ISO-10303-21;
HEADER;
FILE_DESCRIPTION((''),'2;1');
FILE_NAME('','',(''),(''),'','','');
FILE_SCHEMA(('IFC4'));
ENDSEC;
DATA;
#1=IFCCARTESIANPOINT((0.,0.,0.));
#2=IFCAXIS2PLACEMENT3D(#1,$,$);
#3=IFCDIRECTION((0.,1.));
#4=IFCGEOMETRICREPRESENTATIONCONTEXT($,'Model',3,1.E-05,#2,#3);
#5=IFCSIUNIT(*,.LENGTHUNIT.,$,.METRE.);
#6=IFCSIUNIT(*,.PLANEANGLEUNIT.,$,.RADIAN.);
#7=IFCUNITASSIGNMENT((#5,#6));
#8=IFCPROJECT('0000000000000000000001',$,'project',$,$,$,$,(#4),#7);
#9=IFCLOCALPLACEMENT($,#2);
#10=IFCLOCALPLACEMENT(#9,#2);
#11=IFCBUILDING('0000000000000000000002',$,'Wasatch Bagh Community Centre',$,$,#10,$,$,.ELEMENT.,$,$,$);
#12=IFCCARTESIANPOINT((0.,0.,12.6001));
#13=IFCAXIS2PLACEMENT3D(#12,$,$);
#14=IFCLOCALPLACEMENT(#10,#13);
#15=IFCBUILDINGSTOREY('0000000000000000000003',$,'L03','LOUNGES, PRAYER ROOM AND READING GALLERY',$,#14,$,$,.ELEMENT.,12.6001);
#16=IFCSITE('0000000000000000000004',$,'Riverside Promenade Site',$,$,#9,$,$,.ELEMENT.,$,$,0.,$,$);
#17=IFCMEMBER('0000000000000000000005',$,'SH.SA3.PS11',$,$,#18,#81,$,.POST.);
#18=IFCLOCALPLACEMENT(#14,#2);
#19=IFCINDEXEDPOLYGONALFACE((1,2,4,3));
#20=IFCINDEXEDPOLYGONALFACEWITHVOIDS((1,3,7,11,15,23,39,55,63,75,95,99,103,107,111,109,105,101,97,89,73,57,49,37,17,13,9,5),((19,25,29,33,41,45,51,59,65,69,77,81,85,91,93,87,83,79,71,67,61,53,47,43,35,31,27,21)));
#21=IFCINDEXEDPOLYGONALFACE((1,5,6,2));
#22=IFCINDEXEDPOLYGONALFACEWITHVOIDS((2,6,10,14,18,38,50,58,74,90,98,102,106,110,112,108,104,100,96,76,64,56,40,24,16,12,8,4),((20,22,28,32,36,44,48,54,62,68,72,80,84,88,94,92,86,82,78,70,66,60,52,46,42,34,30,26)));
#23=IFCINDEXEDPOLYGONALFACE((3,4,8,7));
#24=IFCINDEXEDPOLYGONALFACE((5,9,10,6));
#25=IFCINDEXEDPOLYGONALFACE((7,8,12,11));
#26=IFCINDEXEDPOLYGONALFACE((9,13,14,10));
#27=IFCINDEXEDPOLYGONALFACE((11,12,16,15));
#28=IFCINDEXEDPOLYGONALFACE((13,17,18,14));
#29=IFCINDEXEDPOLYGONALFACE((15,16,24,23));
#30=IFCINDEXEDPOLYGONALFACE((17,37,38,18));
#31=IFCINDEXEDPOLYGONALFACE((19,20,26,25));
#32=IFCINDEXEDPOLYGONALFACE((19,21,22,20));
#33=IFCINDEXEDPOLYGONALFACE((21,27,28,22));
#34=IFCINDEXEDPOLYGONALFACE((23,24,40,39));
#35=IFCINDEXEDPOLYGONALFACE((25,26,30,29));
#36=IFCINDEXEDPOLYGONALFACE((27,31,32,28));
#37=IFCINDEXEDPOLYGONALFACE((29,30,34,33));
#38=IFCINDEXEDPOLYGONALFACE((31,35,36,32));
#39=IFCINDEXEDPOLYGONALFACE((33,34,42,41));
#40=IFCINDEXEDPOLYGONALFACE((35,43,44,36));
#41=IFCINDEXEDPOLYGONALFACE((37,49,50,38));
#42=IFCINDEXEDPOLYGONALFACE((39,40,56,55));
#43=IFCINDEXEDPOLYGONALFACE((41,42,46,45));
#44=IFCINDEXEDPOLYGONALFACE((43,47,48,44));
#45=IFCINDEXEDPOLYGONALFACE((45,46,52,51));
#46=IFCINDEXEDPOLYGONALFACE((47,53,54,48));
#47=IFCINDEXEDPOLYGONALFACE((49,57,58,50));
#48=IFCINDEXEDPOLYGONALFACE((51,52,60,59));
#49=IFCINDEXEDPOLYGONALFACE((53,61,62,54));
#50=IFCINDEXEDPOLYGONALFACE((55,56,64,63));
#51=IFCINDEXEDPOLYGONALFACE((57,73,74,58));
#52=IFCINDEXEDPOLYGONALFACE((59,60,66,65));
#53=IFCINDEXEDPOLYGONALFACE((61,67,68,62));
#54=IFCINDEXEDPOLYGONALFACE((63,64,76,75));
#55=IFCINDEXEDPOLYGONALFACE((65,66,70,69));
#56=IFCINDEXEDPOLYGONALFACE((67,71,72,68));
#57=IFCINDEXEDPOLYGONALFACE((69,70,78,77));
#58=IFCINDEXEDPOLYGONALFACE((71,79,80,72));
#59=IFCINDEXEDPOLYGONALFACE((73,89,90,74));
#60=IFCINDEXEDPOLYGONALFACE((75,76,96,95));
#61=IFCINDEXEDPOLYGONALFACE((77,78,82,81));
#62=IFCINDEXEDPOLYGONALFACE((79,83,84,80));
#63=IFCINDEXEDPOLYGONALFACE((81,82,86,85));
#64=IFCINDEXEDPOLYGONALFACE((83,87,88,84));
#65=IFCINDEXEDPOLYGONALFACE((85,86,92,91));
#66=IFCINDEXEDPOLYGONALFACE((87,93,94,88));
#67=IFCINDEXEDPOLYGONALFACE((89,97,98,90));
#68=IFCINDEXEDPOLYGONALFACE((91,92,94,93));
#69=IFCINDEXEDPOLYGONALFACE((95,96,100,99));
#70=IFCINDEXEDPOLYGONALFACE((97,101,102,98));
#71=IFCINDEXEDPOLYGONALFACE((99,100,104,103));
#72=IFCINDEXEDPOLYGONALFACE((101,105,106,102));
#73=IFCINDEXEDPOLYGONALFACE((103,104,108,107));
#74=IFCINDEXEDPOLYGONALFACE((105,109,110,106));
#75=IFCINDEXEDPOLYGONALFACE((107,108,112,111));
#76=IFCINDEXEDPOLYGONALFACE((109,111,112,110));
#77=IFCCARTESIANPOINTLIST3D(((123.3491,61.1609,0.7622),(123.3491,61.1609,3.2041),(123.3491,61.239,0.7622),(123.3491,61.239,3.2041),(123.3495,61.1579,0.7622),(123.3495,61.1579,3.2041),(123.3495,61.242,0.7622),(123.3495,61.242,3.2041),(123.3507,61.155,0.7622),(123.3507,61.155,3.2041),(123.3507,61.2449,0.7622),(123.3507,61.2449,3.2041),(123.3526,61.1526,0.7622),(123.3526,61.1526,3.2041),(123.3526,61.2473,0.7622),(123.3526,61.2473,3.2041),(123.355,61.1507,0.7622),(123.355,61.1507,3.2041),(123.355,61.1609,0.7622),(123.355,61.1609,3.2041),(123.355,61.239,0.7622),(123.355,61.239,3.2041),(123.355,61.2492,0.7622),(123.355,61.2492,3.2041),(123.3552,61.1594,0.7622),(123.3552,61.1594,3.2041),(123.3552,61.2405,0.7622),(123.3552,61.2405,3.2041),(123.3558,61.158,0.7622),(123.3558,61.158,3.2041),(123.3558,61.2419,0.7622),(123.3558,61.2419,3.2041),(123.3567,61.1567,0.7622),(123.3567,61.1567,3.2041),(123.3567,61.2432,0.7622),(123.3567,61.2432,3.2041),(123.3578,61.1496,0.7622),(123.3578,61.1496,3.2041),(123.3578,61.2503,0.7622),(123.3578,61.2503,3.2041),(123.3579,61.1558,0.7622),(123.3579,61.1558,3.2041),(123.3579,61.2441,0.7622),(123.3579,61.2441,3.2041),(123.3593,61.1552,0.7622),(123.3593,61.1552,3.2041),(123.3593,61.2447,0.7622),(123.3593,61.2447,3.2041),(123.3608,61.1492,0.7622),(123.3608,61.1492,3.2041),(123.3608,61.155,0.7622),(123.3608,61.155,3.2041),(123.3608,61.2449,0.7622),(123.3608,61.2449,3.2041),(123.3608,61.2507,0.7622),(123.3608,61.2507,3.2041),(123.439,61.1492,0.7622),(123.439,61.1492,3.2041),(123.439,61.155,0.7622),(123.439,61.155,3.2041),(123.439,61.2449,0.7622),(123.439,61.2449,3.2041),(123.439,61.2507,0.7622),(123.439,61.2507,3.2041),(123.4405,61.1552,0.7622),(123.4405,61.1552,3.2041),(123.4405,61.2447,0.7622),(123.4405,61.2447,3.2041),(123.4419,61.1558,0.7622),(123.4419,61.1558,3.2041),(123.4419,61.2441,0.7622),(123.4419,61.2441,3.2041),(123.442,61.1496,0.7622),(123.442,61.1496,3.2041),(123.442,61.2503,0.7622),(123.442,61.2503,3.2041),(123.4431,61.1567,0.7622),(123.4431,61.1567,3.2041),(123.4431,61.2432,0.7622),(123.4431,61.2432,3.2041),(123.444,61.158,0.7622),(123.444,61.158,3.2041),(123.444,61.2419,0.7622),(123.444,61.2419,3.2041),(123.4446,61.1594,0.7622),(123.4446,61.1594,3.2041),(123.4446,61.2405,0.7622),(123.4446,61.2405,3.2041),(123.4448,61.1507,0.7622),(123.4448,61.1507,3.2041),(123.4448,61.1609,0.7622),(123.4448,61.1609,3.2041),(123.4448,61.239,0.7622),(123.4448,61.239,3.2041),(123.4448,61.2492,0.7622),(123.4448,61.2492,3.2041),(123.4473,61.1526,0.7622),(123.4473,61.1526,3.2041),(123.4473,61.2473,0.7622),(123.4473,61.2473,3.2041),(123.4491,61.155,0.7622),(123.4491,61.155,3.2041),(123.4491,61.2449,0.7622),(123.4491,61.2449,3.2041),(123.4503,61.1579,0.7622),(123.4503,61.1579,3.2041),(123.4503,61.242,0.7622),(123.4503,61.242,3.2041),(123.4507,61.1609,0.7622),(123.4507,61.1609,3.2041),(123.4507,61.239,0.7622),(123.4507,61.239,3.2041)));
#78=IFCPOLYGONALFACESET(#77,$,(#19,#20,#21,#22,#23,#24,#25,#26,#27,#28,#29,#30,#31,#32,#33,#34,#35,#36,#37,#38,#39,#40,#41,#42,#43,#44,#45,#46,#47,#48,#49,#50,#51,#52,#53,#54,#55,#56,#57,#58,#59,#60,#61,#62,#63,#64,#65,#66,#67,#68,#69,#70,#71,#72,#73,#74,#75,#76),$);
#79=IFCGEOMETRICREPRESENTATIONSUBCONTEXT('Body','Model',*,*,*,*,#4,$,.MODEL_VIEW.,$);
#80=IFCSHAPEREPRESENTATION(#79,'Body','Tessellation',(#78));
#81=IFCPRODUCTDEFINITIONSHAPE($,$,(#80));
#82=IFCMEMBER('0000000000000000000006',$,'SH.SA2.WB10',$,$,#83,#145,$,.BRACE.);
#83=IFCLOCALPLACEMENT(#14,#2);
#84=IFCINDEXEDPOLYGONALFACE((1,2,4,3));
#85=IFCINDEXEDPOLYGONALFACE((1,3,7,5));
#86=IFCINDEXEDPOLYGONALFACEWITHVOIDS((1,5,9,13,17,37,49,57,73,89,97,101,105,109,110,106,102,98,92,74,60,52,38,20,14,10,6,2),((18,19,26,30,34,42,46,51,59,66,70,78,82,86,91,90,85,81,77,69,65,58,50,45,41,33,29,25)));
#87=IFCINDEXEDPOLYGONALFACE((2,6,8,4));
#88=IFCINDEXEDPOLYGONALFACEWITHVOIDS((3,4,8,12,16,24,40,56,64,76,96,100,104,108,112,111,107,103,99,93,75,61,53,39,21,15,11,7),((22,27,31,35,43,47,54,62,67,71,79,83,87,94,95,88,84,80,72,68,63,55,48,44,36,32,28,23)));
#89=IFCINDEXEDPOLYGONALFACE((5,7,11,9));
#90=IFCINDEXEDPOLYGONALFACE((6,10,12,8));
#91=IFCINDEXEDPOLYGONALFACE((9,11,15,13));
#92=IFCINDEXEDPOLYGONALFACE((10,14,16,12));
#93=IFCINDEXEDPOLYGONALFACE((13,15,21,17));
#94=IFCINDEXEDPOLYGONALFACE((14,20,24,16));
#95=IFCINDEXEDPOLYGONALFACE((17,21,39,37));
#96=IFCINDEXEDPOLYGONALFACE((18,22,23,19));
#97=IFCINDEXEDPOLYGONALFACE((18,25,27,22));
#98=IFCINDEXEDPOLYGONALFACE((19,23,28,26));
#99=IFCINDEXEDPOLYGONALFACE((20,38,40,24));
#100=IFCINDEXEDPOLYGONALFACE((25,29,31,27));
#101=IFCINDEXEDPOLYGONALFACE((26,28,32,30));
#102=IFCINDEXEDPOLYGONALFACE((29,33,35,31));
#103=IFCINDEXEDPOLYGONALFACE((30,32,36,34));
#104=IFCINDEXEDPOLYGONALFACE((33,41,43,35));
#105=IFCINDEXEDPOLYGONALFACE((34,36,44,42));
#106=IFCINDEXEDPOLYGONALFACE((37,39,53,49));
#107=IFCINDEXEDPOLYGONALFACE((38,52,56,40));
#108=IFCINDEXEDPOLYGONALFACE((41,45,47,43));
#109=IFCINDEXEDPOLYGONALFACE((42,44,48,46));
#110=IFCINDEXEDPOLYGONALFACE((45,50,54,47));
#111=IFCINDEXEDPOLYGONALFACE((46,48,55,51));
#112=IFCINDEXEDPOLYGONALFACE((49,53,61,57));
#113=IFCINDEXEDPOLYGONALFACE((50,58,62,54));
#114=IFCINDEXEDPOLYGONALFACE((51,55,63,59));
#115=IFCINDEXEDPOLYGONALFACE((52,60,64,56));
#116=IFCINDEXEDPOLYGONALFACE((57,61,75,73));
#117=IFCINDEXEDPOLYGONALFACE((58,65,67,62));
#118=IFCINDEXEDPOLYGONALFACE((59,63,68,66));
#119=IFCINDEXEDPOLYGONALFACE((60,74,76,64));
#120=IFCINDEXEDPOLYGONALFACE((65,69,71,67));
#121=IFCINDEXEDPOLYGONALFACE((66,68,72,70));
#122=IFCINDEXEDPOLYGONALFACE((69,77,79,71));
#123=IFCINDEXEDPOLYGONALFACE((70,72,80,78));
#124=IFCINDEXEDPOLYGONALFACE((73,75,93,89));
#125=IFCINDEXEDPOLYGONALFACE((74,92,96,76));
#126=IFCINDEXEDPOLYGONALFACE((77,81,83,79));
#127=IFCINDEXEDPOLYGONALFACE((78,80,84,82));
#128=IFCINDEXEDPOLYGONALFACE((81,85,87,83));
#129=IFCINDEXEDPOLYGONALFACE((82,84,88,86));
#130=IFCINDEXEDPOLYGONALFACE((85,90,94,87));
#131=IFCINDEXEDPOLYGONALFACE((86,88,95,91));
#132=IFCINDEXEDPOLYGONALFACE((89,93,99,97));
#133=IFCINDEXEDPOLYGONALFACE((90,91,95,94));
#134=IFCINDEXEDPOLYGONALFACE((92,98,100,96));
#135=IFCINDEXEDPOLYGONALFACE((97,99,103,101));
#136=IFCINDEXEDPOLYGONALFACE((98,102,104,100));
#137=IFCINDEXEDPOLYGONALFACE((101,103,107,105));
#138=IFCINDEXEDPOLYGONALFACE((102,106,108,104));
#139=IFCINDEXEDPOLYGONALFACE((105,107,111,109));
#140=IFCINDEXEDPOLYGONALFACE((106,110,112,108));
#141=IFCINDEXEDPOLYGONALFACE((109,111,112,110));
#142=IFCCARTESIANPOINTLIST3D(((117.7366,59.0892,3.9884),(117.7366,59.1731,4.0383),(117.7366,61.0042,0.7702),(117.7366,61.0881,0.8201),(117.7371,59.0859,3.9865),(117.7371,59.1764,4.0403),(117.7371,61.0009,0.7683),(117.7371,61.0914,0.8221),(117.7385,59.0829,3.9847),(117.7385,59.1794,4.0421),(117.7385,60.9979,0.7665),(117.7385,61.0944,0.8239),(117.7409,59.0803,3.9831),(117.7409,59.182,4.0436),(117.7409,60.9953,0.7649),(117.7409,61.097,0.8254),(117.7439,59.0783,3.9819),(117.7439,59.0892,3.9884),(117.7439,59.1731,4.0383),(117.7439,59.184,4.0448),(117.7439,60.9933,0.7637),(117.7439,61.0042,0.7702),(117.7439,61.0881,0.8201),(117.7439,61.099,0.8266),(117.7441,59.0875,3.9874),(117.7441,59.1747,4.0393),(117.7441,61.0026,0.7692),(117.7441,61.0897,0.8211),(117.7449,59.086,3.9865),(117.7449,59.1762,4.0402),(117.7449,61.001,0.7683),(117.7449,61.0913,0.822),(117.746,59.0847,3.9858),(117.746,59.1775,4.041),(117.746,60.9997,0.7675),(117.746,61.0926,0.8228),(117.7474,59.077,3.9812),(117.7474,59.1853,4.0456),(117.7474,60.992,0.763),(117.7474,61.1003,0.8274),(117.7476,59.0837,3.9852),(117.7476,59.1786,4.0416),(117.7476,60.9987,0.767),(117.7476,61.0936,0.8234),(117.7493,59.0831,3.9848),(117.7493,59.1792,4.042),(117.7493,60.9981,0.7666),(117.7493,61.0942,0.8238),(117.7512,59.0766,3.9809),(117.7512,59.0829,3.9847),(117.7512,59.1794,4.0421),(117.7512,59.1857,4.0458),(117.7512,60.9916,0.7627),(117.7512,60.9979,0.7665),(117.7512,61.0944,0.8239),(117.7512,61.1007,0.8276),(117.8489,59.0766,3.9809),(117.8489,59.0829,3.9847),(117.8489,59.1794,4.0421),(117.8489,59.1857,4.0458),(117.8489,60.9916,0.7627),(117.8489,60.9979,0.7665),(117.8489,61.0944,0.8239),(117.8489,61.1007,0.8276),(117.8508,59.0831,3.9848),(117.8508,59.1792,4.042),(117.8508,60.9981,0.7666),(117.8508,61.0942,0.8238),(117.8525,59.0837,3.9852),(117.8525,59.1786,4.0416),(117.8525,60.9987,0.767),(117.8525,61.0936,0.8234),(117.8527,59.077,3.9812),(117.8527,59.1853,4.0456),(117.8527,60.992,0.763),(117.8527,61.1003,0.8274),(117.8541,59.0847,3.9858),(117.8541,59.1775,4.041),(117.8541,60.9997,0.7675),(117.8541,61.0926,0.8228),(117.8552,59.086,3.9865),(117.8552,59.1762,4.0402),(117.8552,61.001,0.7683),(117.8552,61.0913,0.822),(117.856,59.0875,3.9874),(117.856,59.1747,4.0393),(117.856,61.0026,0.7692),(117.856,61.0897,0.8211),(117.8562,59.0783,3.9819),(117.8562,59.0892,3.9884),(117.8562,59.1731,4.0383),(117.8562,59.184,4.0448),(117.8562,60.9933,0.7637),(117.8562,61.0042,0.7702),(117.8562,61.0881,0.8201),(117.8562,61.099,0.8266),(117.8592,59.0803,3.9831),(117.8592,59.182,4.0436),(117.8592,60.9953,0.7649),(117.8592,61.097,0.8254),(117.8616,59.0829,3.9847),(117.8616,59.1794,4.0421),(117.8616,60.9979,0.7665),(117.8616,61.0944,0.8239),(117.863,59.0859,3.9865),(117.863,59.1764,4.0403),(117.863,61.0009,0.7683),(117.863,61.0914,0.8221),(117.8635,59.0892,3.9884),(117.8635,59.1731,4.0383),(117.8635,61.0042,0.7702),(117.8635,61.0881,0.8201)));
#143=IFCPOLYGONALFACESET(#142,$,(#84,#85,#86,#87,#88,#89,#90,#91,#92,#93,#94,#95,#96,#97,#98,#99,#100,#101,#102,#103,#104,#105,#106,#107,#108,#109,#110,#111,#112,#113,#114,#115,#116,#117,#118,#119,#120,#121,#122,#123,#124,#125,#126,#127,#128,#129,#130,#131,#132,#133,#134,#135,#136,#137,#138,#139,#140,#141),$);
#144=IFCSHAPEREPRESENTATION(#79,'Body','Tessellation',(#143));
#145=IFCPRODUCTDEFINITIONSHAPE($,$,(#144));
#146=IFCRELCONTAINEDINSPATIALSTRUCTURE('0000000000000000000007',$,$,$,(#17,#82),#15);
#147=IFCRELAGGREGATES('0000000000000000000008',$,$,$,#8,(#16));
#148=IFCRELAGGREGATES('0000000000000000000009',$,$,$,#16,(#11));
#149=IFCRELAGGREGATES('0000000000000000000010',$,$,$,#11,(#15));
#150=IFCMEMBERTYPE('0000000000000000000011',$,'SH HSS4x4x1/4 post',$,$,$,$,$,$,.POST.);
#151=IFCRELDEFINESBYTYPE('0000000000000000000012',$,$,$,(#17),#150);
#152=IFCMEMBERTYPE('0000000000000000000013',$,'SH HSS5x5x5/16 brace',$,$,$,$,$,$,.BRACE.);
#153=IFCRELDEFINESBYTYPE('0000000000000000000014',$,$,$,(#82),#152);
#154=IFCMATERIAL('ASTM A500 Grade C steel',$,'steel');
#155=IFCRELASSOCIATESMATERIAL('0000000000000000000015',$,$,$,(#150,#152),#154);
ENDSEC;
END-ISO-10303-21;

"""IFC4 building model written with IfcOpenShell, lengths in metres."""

from ifc_helpers import new_model, si_unit, direction, frame, origin, origin_2d, place, context, subcontext, project, spatial, hollow_rectangle, extrude, material, material_profile, profile_set, type_object, element, save


model = new_model("IFC4")

# Units and contexts
model_context = context("Model", 3, precision=1e-05, world=origin(), true_north=direction((0.0, 1.0)))
body_context = subcontext(model_context, "Body", "Model", "MODEL_VIEW")
ifc_project = project(units=[si_unit("LENGTHUNIT", "METRE"), si_unit("PLANEANGLEUNIT", "RADIAN")], contexts=[model_context])

# Site, building, storey
site_placement = place(None, origin())
site = spatial("IfcSite", under=ifc_project, at=site_placement, Name="Riverside Promenade Site", CompositionType="ELEMENT", RefElevation=0.0)
building_placement = place(site_placement, origin())
building = spatial("IfcBuilding", under=site, at=building_placement, Name="Wasatch Bagh Community Centre", CompositionType="ELEMENT")
storey_placement = place(building_placement, frame((0.0, 0.0, 12.6001)))
storey = spatial("IfcBuildingStorey", under=building, at=storey_placement, Name="L03", Description="LOUNGES, PRAYER ROOM AND READING GALLERY", CompositionType="ELEMENT", Elevation=12.6001)

# Members
ifc_material_1 = material(Name="ASTM A500 Grade C steel", Category="steel")
ifc_material_profile_1 = material_profile(ifc_material_1, hollow_rectangle(XDim=0.1016, YDim=0.1016, WallThickness=0.0059, InnerFilletRadius=0.0059, OuterFilletRadius=0.0117, at=origin_2d()), Name="HSS4x4x1/4")
ifc_profile_set_1 = profile_set([ifc_material_profile_1], Name="ASTM A500 Grade C steel")
member_type_1 = type_object("IfcMemberType", Name="SH HSS4x4x1/4 post", PredefinedType="POST", material=ifc_profile_set_1)
member_1_placement = place(storey_placement, frame((123.3999, 61.2, 0.7622), z_axis=(0.0, 0.0, 1.0), x_axis=(1.0, 0.0, 0.0)))
element("IfcMember", 1, at=member_1_placement, inside=storey, type_object=member_type_1, Name="SH.SA3.PS11", PredefinedType="POST", context=body_context, shape_type="SweptSolid", body=[
    extrude(hollow_rectangle(XDim=0.1016, YDim=0.1016, WallThickness=0.0059, InnerFilletRadius=0.0059, OuterFilletRadius=0.0117, at=origin_2d()), origin(), (0.0, 0.0, 1.0), 2.4419),
])
ifc_material_profile_2 = material_profile(ifc_material_1, hollow_rectangle(XDim=0.127, YDim=0.127, WallThickness=0.0073, InnerFilletRadius=0.0073, OuterFilletRadius=0.0146, at=origin_2d()), Name="HSS5x5x5/16")
ifc_profile_set_2 = profile_set([ifc_material_profile_2], Name="ASTM A500 Grade C steel")
member_type_2 = type_object("IfcMemberType", Name="SH HSS5x5x5/16 brace", PredefinedType="BRACE", material=ifc_profile_set_2)
member_2_placement = place(storey_placement, frame((117.8, 61.0461, 0.7952), z_axis=(0.0, -0.511367, 0.859362), x_axis=(1.0, 0.0, 0.0)))
element("IfcMember", 2, at=member_2_placement, inside=storey, type_object=member_type_2, Name="SH.SA2.WB10", PredefinedType="BRACE", context=body_context, shape_type="SweptSolid", body=[
    extrude(hollow_rectangle(XDim=0.127, YDim=0.127, WallThickness=0.0073, InnerFilletRadius=0.0073, OuterFilletRadius=0.0146, at=origin_2d()), origin(), (0.0, 0.0, 1.0), 3.7449),
])

save(model, "model.ifc")
